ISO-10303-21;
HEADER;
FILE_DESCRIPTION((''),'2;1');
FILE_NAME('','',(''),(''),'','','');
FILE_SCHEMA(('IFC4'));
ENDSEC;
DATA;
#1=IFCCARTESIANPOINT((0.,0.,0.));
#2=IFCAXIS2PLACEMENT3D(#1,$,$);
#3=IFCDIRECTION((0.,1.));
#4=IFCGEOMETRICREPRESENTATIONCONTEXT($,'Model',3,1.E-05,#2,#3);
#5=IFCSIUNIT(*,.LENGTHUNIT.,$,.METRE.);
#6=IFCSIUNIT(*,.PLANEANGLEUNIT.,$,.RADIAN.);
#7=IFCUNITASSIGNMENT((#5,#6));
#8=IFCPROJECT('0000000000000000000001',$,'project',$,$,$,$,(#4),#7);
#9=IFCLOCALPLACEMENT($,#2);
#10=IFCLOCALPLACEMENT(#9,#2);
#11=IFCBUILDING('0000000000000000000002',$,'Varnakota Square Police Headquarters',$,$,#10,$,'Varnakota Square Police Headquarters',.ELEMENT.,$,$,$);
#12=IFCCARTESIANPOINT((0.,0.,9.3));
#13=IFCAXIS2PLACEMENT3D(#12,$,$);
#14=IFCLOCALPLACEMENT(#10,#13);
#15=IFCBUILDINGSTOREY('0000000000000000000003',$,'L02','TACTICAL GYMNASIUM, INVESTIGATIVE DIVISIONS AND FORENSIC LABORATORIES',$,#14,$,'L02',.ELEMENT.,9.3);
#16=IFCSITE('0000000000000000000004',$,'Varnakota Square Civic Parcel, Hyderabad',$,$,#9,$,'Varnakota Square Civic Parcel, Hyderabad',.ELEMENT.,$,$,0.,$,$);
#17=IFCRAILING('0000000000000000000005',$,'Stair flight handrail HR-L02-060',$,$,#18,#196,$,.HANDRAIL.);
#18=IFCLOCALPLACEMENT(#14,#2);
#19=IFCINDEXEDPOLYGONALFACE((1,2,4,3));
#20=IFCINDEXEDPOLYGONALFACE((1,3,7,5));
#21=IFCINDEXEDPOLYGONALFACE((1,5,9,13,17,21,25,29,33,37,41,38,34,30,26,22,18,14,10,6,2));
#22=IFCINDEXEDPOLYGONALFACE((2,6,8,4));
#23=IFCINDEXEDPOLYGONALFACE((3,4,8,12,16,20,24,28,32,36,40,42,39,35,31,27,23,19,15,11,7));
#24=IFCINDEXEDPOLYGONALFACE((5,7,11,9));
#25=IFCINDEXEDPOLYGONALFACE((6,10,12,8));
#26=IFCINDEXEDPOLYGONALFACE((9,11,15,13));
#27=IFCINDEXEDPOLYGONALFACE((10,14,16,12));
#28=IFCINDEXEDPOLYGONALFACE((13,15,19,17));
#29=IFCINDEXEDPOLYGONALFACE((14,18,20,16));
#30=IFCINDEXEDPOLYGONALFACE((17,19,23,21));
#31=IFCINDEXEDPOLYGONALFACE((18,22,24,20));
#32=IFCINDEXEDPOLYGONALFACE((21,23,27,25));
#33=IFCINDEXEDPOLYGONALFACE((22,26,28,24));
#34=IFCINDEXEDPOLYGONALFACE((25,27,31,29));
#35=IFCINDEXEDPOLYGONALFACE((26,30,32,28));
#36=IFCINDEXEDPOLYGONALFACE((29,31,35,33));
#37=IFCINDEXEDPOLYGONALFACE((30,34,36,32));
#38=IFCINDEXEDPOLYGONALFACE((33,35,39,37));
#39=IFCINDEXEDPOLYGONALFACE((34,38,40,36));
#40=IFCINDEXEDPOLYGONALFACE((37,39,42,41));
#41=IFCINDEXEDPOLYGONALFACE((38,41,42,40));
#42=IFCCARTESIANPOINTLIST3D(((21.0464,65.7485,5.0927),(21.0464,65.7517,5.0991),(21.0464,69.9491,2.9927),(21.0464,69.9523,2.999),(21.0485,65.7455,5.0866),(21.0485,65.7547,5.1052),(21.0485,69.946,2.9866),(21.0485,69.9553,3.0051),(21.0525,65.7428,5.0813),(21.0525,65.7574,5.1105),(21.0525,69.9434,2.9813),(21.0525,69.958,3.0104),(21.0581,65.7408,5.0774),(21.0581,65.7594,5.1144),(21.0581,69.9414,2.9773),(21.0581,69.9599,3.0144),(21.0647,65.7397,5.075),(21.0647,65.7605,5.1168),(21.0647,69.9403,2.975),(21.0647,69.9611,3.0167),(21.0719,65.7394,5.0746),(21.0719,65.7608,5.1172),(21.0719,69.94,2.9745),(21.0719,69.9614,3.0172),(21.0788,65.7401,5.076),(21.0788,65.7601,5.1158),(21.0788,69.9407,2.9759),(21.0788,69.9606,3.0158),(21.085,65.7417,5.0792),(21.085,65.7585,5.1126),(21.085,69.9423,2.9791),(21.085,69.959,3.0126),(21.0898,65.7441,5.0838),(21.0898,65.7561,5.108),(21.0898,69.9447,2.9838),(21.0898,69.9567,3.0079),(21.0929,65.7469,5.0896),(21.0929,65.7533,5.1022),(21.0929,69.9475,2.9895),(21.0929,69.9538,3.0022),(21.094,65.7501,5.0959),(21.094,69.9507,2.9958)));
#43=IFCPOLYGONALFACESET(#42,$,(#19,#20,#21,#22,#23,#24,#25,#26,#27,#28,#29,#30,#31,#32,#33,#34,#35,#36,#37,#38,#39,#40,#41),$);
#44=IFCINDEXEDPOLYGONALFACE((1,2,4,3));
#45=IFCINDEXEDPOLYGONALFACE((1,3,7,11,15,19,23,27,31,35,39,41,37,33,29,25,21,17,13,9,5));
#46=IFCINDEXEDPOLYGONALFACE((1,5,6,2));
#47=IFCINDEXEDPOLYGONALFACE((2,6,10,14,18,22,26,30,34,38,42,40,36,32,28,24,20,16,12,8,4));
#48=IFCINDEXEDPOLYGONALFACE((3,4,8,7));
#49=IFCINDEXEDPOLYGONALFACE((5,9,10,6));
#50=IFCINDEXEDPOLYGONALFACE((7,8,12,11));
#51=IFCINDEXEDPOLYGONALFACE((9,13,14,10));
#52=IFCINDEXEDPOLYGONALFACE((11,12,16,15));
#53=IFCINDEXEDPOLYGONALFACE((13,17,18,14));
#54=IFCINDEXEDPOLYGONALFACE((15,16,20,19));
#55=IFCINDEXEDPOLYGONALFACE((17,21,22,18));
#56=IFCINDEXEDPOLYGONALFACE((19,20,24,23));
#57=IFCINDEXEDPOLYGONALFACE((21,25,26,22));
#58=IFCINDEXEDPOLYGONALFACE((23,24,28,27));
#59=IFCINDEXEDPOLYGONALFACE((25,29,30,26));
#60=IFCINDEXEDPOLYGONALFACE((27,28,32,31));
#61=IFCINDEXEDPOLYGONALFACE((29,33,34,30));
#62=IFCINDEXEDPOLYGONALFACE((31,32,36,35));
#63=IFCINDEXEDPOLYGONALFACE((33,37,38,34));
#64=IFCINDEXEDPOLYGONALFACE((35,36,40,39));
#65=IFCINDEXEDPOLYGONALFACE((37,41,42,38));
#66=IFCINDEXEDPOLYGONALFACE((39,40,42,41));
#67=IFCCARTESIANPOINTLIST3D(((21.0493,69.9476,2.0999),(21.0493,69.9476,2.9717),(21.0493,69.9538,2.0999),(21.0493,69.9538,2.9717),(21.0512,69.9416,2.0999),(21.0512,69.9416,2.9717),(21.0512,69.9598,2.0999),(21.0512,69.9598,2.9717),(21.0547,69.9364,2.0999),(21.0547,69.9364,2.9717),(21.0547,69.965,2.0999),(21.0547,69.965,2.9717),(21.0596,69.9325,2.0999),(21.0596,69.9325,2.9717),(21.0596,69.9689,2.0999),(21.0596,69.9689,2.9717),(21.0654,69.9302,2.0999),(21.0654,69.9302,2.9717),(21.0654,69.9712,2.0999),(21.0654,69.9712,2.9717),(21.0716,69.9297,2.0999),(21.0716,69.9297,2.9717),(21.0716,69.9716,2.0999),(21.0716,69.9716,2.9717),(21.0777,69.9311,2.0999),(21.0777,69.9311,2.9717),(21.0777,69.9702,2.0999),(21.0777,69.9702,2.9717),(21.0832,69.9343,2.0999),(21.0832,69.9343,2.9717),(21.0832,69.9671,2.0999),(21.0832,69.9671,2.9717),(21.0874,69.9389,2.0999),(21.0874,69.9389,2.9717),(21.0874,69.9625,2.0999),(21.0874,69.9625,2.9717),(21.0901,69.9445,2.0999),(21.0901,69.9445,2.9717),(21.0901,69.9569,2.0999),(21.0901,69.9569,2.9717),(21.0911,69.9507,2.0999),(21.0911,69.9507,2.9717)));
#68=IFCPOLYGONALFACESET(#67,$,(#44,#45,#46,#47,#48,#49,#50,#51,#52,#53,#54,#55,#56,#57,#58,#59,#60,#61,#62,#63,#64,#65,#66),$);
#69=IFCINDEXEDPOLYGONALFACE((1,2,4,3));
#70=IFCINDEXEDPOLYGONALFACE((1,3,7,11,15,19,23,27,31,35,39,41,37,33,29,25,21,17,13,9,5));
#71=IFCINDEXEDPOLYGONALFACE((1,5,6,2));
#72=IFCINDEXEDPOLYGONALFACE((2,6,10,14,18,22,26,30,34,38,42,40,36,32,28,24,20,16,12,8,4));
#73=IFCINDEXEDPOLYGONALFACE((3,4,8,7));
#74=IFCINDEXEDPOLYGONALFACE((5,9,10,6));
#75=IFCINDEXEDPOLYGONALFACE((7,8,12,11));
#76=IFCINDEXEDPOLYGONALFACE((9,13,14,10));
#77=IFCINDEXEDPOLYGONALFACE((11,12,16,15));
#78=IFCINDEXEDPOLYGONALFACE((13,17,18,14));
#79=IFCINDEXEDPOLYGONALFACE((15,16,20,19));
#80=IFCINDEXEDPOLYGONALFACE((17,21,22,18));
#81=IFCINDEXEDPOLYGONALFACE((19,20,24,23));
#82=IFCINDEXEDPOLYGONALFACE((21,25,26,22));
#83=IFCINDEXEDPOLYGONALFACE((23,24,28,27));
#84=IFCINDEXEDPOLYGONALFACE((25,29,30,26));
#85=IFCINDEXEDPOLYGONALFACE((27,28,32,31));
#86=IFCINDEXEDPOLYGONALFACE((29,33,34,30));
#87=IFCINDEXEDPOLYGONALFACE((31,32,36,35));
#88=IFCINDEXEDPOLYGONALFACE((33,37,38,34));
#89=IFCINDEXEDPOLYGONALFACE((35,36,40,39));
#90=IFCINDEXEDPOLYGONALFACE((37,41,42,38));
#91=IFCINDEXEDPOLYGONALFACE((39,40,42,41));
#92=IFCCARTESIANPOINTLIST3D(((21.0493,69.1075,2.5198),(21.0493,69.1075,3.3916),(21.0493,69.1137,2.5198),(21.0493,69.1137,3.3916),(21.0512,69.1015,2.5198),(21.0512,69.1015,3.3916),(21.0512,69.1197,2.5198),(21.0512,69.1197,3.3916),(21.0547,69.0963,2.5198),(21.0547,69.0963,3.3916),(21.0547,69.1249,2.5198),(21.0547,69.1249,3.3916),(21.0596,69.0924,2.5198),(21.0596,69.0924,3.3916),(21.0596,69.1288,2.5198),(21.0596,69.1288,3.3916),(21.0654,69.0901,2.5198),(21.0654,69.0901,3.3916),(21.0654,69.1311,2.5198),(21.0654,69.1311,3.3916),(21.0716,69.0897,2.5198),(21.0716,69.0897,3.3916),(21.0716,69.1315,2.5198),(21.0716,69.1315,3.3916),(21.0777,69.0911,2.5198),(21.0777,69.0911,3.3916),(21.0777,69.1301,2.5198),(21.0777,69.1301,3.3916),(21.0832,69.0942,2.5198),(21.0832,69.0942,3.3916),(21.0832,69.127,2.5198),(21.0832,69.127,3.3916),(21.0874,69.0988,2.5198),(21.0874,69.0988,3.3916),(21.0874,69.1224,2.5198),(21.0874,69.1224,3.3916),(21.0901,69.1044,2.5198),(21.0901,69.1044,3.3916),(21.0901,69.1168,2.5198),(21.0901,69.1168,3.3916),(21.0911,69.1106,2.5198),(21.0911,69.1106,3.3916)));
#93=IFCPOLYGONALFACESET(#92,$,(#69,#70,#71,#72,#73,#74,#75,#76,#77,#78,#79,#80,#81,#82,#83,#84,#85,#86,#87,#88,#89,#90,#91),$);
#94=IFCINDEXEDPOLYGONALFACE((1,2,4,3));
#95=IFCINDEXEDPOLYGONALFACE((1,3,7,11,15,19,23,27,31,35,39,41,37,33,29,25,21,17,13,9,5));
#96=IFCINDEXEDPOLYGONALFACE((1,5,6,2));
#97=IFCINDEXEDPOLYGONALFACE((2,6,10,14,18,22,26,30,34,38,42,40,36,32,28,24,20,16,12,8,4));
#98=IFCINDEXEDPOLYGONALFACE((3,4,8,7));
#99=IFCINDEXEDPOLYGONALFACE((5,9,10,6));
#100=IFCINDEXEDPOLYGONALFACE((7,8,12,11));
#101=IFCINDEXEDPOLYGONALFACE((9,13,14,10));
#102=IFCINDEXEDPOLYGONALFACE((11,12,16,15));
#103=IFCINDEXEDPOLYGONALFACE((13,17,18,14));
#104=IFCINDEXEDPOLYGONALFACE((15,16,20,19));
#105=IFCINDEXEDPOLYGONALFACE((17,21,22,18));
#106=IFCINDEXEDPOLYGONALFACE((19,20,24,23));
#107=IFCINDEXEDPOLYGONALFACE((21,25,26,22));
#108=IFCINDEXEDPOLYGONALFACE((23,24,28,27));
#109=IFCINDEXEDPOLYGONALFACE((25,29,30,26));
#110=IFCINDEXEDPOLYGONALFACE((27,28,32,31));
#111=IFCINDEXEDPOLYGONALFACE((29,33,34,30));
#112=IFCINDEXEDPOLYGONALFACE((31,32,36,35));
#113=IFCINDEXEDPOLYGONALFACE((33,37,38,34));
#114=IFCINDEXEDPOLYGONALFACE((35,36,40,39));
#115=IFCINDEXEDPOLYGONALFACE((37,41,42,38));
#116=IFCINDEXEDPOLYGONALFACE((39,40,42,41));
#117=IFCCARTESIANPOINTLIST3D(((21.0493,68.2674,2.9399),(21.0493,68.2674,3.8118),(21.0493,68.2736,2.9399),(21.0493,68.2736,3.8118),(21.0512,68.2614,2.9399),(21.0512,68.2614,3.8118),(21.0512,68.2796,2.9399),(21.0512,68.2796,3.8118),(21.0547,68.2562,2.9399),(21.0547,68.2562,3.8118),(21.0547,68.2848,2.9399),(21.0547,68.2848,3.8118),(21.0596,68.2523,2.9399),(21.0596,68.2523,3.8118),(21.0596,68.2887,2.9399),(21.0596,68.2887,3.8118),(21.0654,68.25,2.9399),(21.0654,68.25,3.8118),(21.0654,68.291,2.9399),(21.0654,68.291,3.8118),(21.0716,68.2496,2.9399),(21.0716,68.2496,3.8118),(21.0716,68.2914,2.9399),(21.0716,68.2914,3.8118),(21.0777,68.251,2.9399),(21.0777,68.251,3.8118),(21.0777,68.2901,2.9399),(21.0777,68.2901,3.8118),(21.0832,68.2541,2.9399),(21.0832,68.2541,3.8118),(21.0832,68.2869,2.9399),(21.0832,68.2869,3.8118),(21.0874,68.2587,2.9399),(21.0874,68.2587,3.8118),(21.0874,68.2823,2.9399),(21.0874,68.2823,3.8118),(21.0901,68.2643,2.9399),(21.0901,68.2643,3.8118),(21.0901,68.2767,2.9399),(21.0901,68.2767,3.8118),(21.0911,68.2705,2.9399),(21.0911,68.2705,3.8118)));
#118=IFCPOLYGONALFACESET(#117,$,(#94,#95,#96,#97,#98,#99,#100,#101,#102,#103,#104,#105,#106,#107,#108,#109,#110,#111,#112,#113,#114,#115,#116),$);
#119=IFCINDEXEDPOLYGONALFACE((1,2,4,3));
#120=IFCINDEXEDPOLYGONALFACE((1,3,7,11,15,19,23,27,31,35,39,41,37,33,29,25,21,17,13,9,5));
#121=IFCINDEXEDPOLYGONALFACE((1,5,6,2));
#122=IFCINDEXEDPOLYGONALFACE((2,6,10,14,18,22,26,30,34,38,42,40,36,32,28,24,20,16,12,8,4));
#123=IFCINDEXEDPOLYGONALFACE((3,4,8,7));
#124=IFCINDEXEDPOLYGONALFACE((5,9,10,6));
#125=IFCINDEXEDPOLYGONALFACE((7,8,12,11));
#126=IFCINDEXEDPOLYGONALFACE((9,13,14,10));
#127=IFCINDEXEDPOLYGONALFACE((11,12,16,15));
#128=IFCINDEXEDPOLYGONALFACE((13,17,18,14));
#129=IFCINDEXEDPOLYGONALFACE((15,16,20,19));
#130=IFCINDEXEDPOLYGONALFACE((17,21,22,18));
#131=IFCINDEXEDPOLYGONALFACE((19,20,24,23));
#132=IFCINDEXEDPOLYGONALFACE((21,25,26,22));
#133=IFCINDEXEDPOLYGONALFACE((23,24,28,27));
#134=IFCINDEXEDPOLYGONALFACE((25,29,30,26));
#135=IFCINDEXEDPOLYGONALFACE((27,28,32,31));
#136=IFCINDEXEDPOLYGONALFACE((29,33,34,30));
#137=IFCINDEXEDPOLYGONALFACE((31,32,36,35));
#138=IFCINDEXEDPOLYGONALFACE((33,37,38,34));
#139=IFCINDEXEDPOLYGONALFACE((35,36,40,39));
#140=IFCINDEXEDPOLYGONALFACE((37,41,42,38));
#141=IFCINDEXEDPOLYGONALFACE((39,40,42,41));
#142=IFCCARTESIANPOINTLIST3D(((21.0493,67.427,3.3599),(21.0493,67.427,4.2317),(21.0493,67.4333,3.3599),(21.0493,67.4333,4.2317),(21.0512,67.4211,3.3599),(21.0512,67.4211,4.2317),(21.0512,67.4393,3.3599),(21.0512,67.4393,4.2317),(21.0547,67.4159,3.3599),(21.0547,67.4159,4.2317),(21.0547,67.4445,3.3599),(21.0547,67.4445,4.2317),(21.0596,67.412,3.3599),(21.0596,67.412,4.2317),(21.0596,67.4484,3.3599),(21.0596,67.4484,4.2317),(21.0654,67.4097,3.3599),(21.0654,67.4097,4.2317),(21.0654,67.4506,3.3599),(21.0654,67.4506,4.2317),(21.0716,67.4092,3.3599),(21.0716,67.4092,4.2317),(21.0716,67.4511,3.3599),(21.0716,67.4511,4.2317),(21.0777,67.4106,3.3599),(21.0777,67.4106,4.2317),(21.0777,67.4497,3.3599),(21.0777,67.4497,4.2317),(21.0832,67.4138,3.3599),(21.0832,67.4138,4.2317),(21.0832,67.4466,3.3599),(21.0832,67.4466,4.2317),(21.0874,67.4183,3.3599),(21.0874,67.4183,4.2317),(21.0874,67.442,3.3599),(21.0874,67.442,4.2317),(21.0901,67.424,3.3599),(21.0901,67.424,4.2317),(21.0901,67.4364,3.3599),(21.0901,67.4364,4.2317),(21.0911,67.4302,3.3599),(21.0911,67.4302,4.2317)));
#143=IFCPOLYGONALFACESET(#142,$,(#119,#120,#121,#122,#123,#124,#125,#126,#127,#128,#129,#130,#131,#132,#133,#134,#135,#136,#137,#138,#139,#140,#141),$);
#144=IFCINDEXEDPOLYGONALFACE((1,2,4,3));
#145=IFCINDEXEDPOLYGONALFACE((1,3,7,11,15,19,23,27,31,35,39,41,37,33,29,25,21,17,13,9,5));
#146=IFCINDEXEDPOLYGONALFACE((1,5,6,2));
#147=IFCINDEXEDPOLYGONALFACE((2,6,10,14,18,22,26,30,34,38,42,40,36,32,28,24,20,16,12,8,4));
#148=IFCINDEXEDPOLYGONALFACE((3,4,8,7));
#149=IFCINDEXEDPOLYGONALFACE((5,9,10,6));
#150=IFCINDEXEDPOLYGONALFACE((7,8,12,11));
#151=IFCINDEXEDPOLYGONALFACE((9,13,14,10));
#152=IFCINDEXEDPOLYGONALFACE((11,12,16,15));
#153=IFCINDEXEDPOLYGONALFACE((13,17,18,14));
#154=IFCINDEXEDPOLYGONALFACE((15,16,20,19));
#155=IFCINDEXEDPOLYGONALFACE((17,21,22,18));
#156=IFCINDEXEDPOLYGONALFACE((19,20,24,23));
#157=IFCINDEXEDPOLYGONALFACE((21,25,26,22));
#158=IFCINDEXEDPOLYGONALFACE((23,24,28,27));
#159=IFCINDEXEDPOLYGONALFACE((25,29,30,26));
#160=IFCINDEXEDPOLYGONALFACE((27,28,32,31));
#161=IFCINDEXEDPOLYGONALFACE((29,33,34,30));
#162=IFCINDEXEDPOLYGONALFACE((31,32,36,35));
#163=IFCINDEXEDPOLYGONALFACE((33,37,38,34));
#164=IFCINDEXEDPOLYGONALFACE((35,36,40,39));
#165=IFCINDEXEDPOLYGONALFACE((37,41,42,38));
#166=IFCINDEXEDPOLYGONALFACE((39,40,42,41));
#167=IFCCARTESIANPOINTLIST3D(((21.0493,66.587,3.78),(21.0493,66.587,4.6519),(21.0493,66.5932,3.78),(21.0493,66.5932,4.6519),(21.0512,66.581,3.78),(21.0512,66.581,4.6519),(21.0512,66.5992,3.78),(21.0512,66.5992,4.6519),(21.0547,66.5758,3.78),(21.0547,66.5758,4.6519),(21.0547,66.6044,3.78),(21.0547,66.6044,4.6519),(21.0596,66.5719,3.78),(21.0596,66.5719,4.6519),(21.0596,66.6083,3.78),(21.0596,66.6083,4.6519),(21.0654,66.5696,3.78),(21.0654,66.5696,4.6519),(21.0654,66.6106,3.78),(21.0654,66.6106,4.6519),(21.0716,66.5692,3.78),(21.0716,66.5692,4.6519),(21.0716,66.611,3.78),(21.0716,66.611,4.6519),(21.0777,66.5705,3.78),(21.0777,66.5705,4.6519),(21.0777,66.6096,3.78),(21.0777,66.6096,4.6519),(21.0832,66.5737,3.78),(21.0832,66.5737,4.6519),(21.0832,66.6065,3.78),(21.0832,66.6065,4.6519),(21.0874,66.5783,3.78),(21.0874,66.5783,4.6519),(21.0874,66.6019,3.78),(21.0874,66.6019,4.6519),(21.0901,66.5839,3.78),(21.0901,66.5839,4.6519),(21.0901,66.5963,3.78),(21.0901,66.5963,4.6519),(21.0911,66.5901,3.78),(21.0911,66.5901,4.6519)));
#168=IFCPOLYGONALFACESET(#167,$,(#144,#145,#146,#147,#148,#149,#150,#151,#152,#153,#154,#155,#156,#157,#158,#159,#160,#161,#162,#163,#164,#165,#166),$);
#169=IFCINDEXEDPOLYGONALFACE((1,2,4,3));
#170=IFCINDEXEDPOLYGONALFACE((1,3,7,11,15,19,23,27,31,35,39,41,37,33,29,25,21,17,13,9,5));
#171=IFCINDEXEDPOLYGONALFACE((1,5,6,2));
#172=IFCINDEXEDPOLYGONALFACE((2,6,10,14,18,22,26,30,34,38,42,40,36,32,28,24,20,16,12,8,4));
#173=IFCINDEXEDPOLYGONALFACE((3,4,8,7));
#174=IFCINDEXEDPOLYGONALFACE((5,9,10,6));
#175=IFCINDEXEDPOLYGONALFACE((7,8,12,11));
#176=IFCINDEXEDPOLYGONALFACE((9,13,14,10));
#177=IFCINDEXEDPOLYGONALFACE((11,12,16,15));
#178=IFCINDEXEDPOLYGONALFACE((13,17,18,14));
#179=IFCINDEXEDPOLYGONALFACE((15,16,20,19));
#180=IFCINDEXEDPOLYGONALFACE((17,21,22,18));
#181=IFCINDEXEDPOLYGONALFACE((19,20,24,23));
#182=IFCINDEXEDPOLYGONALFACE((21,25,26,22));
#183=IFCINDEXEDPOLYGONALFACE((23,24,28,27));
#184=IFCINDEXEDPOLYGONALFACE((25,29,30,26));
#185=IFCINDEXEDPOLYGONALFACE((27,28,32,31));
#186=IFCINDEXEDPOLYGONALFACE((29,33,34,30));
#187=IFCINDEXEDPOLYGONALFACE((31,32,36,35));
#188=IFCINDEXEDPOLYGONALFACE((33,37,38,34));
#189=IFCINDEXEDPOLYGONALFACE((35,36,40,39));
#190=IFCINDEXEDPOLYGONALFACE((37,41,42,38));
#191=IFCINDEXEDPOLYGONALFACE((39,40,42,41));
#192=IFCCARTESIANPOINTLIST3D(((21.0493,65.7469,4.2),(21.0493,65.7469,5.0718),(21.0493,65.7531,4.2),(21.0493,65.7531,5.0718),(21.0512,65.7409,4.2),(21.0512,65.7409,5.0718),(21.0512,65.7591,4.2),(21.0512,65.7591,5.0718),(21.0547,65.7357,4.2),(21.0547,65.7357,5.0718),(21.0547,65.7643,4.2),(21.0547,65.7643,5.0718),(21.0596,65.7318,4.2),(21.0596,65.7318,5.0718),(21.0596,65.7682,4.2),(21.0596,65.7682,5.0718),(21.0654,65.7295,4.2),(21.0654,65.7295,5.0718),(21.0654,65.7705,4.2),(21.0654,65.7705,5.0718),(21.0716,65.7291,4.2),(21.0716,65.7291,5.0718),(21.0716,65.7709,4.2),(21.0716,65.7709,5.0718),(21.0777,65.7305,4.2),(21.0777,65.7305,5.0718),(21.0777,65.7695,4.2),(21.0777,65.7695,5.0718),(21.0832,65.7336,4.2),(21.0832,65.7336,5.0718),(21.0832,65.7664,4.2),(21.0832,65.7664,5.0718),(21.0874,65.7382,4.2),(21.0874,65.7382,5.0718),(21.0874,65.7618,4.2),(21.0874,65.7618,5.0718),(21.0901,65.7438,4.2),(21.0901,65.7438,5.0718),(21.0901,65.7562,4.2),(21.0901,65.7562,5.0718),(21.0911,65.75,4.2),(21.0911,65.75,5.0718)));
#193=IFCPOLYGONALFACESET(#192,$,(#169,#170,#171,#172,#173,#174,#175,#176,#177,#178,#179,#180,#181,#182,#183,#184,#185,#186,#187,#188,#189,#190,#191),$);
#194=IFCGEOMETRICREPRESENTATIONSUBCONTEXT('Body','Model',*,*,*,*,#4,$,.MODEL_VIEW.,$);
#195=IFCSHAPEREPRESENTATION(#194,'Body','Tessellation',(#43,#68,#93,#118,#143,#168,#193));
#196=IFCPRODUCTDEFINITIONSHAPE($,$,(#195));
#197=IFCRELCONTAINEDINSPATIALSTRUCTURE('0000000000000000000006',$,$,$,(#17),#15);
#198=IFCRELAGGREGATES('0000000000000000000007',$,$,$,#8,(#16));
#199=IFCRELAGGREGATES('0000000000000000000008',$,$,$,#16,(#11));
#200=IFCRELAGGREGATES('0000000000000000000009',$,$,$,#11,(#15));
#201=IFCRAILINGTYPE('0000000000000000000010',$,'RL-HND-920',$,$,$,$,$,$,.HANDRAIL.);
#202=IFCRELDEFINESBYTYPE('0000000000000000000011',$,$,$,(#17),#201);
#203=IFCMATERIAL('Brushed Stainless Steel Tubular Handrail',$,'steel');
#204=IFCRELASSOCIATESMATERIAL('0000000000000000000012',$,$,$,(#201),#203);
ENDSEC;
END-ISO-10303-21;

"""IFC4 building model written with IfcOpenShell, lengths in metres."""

from ifc_helpers import new_model, si_unit, direction, frame, origin, origin_2d, place, context, subcontext, project, spatial, circle, extrude, material, type_object, element, save


model = new_model("IFC4")

# Units and contexts
model_context = context("Model", 3, precision=1e-05, world=origin(), true_north=direction((0.0, 1.0)))
body_context = subcontext(model_context, "Body", "Model", "MODEL_VIEW")
ifc_project = project(units=[si_unit("LENGTHUNIT", "METRE"), si_unit("PLANEANGLEUNIT", "RADIAN")], contexts=[model_context])

# Site, building, storey
site_placement = place(None, origin())
site = spatial("IfcSite", under=ifc_project, at=site_placement, Name="Varnakota Square Civic Parcel, Hyderabad", LongName="Varnakota Square Civic Parcel, Hyderabad", CompositionType="ELEMENT", RefElevation=0.0)
building_placement = place(site_placement, origin())
building = spatial("IfcBuilding", under=site, at=building_placement, Name="Varnakota Square Police Headquarters", LongName="Varnakota Square Police Headquarters", CompositionType="ELEMENT")
storey_placement = place(building_placement, frame((0.0, 0.0, 9.3)))
storey = spatial("IfcBuildingStorey", under=building, at=storey_placement, Name="L02", Description="TACTICAL GYMNASIUM, INVESTIGATIVE DIVISIONS AND FORENSIC LABORATORIES", LongName="L02", CompositionType="ELEMENT", Elevation=9.3)

# Railing
ifc_material_1 = material(Name="Brushed Stainless Steel Tubular Handrail", Category="steel")
railing_type_1 = type_object("IfcRailingType", Name="RL-HND-920", PredefinedType="HANDRAIL", material=ifc_material_1)
railing_1_placement = place(storey_placement, frame((21.0701, 69.9507, 2.0999)))
element("IfcRailing", 1, at=railing_1_placement, inside=storey, type_object=railing_type_1, Name="Stair flight handrail HR-L02-060", PredefinedType="HANDRAIL", context=body_context, shape_type="SweptSolid", body=[
    extrude(circle(Radius=0.0239, at=origin_2d()), frame((0.0, 0.0, 0.896), z_axis=(0.0, -0.894448, 0.447172), x_axis=(1.0, 0.0, 0.0)), (0.0, 0.0, 1.0), 4.6963),
    extrude(circle(Radius=0.021, at=origin_2d()), origin(), (0.0, 0.0, 1.0), 0.8718),
    extrude(circle(Radius=0.021, at=origin_2d()), frame((0.0, -0.8401, 0.4199)), (0.0, 0.0, 1.0), 0.8718),
    extrude(circle(Radius=0.021, at=origin_2d()), frame((0.0, -1.6802, 0.8401)), (0.0, 0.0, 1.0), 0.8718),
    extrude(circle(Radius=0.021, at=origin_2d()), frame((0.0, -2.5205, 1.26)), (0.0, 0.0, 1.0), 0.8718),
    extrude(circle(Radius=0.021, at=origin_2d()), frame((0.0, -3.3606, 1.6802)), (0.0, 0.0, 1.0), 0.8718),
    extrude(circle(Radius=0.021, at=origin_2d()), frame((0.0, -4.2007, 2.1001)), (0.0, 0.0, 1.0), 0.8718),
])

save(model, "model.ifc")
